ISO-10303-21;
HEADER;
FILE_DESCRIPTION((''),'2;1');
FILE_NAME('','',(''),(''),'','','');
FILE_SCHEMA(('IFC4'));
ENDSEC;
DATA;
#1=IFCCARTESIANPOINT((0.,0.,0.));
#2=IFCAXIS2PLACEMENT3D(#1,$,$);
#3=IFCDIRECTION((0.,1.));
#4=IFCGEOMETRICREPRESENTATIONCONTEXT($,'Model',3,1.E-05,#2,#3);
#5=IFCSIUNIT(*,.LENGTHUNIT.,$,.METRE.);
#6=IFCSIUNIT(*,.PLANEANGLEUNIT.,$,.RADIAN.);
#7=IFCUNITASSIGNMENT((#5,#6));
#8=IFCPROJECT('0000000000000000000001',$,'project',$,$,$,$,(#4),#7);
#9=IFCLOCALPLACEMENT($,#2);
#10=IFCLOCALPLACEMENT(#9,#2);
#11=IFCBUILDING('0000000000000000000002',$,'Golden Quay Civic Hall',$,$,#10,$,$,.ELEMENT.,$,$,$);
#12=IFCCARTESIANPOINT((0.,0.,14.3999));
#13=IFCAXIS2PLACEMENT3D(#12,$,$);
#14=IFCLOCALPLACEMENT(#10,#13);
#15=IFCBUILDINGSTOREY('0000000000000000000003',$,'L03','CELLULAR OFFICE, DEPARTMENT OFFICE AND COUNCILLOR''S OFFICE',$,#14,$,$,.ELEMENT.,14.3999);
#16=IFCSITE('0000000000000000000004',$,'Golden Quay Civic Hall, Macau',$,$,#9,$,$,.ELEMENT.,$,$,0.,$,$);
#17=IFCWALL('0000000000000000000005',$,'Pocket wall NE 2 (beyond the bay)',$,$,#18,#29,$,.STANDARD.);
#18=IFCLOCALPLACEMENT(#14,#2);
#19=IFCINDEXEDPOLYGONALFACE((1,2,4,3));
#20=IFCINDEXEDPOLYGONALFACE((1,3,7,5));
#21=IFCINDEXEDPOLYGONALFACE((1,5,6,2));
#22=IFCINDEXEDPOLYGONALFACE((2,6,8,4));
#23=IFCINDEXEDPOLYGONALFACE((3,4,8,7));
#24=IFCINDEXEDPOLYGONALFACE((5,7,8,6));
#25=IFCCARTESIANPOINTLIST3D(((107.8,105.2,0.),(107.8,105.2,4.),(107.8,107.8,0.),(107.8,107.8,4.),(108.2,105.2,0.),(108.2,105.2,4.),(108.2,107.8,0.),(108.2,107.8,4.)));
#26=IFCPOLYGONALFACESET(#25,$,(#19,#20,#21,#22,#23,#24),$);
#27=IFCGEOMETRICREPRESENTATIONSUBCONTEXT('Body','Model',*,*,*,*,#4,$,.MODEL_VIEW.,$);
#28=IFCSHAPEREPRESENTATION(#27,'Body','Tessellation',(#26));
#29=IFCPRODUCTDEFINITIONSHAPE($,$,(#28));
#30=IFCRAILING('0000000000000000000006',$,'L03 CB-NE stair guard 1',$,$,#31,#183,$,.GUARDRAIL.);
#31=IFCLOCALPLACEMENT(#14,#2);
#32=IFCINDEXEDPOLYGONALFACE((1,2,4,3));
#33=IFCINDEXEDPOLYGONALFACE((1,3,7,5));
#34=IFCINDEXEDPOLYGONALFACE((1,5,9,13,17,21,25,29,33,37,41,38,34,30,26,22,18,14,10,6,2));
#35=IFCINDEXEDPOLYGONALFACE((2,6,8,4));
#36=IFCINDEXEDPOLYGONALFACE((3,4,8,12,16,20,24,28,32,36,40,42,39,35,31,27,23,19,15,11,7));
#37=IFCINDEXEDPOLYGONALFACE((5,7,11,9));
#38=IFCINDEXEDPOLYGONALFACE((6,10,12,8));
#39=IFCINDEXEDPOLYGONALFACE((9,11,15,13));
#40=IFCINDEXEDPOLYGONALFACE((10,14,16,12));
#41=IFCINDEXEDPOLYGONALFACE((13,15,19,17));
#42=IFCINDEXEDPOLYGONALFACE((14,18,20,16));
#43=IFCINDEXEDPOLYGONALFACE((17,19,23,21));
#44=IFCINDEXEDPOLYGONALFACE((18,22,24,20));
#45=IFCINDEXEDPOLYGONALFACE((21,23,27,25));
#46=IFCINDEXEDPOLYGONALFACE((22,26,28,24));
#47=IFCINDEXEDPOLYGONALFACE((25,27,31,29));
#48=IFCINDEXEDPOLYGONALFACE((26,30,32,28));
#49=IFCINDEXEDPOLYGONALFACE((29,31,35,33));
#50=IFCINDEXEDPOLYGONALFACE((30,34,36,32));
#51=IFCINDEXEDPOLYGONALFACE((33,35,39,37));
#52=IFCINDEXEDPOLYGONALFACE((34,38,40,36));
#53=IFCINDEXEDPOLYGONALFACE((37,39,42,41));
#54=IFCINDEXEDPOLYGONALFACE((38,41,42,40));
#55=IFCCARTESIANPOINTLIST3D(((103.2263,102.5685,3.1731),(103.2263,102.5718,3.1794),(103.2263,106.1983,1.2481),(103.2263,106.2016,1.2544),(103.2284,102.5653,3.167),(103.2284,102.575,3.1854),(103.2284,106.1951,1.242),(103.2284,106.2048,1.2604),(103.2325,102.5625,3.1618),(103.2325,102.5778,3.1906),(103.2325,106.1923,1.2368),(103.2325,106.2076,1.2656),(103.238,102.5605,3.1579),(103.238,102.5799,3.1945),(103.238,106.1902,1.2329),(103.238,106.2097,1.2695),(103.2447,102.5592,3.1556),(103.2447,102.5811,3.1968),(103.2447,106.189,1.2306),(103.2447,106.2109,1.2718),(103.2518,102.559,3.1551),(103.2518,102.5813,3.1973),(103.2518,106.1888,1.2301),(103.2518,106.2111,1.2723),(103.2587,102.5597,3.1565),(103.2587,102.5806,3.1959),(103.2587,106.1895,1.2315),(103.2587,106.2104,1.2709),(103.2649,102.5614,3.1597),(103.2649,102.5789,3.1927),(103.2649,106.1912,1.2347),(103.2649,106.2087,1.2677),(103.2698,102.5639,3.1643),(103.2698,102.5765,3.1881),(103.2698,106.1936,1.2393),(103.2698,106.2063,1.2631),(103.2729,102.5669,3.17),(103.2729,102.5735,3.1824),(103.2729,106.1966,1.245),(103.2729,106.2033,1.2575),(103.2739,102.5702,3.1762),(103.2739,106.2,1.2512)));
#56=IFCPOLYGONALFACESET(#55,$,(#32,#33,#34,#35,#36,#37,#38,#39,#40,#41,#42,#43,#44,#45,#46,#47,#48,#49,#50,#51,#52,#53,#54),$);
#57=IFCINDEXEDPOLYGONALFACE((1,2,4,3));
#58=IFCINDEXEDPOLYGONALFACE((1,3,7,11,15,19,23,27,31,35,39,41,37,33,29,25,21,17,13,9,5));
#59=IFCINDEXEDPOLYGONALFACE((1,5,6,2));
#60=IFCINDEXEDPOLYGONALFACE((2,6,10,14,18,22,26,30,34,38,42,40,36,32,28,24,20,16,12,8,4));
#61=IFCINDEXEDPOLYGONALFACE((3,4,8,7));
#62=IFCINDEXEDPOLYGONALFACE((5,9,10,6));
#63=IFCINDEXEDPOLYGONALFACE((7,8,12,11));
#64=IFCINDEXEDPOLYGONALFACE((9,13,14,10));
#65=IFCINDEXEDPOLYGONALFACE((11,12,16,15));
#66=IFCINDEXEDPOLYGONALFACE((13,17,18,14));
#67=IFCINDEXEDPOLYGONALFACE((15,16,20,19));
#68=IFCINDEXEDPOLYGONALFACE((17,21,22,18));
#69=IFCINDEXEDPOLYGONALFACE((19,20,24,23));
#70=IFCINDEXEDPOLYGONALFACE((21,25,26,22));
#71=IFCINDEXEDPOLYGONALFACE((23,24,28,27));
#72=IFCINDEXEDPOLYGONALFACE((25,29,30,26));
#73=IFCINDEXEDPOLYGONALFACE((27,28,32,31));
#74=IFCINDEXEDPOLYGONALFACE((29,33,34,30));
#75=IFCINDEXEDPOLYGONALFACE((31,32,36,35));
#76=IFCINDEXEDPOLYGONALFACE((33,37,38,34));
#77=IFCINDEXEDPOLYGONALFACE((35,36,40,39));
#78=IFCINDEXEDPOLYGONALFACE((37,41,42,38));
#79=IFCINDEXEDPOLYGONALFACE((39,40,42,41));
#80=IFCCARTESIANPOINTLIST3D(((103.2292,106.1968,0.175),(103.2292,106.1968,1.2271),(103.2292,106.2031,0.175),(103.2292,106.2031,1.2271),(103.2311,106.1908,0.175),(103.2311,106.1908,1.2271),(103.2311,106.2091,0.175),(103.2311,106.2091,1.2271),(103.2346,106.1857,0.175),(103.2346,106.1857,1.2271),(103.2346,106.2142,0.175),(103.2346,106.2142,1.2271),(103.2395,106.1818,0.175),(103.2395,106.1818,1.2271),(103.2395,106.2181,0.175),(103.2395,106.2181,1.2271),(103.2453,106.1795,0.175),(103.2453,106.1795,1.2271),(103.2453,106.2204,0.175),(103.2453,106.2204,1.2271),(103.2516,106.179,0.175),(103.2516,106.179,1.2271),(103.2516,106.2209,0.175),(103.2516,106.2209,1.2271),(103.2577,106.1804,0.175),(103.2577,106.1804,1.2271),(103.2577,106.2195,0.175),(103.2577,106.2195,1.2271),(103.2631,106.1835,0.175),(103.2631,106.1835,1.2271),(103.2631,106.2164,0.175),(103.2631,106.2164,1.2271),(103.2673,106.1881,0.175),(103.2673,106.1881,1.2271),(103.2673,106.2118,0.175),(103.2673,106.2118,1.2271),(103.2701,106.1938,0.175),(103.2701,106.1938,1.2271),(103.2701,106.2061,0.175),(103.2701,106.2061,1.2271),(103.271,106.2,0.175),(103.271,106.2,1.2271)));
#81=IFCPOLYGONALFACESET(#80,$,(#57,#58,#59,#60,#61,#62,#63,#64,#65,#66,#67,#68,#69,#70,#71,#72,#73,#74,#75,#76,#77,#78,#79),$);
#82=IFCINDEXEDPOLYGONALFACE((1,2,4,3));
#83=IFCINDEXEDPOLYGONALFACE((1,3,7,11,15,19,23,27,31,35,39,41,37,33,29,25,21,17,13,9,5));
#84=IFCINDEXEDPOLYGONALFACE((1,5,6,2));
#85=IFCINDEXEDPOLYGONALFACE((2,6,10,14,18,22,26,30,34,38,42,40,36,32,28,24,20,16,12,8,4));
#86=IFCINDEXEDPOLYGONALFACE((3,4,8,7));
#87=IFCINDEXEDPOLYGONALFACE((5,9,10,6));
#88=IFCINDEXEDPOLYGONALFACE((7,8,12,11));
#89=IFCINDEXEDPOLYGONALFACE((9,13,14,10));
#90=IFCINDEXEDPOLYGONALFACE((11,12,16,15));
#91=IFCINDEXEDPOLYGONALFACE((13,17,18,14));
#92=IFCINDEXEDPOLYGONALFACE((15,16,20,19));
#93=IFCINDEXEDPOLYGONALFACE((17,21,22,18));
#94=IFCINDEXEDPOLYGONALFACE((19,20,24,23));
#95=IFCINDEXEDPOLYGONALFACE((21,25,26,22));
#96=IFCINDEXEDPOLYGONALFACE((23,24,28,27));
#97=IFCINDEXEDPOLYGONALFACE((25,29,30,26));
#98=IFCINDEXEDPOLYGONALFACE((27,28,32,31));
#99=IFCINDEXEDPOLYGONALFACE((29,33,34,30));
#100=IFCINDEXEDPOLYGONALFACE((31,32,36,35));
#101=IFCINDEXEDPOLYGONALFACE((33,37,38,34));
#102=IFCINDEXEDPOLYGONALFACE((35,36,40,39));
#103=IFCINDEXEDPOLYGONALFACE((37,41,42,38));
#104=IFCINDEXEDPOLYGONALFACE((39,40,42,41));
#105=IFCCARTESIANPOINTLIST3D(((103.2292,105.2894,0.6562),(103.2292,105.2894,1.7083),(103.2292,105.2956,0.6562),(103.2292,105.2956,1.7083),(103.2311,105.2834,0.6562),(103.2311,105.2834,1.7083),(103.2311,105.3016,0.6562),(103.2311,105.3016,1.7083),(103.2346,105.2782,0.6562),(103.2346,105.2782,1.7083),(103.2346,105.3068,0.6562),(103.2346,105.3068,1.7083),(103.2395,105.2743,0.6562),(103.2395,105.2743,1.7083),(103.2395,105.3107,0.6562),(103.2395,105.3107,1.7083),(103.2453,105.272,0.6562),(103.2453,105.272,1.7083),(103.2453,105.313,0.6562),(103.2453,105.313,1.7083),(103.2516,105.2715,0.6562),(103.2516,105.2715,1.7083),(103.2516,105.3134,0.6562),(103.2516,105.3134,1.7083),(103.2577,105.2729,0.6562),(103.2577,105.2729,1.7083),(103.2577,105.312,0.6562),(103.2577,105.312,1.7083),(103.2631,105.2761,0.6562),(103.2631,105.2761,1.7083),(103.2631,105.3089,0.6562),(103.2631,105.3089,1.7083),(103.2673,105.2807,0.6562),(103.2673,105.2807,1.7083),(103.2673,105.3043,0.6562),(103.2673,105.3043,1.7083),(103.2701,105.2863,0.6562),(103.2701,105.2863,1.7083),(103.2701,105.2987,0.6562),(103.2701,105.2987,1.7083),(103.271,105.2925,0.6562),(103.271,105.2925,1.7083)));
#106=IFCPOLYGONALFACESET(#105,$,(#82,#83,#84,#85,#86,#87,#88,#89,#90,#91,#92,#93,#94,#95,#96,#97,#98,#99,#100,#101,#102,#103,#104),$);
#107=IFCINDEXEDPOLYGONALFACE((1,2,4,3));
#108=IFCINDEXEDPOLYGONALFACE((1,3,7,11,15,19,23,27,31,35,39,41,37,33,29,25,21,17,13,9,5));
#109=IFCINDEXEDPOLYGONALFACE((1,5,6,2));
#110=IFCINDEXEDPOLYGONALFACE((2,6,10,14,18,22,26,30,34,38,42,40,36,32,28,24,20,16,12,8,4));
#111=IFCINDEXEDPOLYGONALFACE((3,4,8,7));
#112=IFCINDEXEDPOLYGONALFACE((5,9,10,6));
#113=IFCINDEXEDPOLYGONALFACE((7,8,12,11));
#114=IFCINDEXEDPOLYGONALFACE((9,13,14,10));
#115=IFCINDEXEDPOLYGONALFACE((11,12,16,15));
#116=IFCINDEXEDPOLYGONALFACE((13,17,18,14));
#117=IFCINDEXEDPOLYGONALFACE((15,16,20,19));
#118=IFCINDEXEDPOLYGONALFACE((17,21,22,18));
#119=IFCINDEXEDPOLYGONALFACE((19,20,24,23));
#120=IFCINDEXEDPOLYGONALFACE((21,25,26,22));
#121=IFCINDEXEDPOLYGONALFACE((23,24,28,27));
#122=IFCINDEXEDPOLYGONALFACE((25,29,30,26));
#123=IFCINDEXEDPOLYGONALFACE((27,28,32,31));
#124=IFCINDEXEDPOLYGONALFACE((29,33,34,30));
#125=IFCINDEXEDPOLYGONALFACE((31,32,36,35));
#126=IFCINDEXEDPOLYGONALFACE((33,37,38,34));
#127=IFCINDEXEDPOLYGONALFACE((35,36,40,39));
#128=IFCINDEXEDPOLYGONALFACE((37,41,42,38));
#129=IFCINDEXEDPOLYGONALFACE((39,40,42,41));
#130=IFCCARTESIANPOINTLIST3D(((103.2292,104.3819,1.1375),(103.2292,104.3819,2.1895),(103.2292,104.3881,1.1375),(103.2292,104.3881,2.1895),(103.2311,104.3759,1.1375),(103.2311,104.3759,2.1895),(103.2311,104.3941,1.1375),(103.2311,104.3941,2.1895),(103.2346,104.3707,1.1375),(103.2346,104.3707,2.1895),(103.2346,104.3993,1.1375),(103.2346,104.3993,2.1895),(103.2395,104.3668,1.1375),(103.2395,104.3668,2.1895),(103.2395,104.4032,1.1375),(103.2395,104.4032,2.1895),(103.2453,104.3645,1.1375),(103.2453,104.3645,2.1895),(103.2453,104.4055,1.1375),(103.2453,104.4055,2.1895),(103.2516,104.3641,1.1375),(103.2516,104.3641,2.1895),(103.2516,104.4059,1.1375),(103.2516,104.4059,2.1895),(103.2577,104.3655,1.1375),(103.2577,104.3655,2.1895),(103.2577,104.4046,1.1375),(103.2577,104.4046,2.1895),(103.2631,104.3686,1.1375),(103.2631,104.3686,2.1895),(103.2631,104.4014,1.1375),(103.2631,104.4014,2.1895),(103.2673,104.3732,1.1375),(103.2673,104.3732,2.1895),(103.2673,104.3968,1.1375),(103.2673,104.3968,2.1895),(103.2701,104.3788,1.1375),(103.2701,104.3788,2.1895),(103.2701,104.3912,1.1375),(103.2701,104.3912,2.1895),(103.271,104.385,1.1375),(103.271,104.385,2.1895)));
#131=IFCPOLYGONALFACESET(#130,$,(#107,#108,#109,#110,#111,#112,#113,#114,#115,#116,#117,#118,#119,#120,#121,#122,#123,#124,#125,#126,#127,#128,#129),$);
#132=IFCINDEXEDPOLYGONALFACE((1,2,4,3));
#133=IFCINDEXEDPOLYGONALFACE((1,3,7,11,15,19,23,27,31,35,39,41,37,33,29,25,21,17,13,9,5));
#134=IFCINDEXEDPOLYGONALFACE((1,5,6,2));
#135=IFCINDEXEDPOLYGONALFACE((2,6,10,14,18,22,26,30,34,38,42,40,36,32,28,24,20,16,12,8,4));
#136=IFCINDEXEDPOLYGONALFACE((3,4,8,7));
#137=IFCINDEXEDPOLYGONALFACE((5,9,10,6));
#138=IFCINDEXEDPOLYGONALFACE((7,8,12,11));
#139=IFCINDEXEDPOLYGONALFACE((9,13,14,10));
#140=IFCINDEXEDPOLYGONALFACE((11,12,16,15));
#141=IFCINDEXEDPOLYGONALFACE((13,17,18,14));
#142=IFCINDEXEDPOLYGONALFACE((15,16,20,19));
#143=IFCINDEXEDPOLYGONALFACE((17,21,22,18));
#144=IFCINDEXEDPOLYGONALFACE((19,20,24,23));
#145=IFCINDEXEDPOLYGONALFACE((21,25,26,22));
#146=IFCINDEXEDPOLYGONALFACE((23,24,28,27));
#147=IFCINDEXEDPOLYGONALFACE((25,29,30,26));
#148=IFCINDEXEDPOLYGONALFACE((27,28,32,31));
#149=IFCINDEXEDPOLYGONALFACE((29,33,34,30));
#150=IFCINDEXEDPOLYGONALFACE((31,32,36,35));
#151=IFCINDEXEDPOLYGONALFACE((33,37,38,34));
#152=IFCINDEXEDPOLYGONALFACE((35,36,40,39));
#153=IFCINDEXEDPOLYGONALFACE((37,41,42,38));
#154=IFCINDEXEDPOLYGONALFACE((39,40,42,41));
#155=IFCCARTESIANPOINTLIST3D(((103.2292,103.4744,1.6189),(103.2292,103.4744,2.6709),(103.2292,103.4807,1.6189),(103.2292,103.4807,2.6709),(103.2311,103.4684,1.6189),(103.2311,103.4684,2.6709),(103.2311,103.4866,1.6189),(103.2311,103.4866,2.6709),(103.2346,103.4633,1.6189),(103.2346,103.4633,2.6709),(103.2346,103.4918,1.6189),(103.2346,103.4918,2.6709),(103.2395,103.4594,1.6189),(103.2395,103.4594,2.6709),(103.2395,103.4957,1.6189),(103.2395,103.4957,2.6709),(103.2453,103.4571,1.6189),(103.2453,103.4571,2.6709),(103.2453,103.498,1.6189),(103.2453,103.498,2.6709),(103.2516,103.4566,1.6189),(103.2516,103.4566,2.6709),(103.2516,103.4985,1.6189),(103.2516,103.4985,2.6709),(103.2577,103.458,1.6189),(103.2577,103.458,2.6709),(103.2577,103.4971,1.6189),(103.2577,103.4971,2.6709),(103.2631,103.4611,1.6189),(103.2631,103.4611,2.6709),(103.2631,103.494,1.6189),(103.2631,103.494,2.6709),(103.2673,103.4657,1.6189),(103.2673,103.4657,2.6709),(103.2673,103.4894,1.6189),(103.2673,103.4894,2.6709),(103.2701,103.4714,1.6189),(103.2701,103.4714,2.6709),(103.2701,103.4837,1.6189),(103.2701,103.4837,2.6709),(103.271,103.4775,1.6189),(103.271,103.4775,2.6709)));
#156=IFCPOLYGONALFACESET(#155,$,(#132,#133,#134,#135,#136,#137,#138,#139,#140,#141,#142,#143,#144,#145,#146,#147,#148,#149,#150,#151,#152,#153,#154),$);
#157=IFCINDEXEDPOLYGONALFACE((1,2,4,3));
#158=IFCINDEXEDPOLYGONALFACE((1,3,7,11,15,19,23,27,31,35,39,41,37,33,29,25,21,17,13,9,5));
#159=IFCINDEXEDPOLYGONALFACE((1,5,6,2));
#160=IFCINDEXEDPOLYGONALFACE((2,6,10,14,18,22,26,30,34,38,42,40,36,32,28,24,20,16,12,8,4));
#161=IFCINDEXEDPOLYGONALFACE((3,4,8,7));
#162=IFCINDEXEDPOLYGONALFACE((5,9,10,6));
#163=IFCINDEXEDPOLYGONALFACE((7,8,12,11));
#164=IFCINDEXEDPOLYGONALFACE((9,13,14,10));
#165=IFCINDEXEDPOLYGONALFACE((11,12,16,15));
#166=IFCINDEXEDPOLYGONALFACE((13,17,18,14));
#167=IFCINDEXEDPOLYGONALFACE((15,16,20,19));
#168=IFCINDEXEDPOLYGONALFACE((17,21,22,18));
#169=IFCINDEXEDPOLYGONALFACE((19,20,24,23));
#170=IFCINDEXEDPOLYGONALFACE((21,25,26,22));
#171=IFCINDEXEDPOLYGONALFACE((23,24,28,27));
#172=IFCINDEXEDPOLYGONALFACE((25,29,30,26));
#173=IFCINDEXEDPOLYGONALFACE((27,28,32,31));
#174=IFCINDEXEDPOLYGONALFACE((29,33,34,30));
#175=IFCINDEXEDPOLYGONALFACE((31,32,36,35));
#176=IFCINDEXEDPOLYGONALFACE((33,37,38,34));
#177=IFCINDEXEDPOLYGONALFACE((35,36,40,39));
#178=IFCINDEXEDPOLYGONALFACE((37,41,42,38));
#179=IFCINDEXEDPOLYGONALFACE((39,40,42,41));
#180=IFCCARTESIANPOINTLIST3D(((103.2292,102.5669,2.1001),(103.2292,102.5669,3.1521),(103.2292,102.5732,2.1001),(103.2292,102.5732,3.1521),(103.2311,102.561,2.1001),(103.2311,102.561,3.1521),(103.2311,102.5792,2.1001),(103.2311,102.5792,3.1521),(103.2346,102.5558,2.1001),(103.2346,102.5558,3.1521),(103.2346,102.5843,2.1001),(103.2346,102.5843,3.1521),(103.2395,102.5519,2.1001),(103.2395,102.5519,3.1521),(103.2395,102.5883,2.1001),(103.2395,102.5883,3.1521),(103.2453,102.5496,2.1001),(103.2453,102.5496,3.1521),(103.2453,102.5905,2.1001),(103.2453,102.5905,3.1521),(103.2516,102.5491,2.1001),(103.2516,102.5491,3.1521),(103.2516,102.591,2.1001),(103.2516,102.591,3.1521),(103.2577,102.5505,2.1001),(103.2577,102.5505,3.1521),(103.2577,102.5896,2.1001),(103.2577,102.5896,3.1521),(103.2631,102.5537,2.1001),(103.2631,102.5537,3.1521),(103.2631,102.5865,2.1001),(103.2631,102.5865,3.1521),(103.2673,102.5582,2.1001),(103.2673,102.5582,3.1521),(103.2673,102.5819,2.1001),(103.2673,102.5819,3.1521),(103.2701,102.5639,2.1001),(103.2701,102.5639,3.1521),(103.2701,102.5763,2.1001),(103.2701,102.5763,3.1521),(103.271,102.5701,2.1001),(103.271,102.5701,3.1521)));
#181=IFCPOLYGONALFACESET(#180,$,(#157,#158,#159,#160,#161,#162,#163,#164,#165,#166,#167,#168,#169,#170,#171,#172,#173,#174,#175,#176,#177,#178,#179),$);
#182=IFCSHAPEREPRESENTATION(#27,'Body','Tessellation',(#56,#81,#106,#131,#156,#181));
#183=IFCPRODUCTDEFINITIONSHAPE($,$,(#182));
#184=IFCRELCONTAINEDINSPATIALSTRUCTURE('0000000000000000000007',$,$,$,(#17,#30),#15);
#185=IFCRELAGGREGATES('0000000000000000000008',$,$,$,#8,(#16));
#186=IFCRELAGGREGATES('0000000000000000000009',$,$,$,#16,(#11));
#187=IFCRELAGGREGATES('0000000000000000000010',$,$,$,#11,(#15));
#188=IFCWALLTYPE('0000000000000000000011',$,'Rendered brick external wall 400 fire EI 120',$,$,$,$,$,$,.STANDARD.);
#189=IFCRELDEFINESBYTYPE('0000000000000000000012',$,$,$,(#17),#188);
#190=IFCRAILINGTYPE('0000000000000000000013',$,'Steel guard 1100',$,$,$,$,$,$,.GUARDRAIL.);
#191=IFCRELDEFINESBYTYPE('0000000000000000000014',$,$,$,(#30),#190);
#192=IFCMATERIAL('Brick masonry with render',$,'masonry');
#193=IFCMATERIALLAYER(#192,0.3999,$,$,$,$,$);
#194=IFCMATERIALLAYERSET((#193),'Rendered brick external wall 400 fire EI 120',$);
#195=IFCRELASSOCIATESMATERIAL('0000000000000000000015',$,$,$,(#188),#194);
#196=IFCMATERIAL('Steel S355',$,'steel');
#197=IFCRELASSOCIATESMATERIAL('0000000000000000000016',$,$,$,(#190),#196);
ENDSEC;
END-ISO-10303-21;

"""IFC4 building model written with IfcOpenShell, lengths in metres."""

from ifc_helpers import new_model, si_unit, direction, frame, frame_2d, origin, origin_2d, place, context, subcontext, project, spatial, rectangle, circle, extrude, material, layer, layer_set, type_object, element, save


model = new_model("IFC4")

# Units and contexts
model_context = context("Model", 3, precision=1e-05, world=origin(), true_north=direction((0.0, 1.0)))
body_context = subcontext(model_context, "Body", "Model", "MODEL_VIEW")
ifc_project = project(units=[si_unit("LENGTHUNIT", "METRE"), si_unit("PLANEANGLEUNIT", "RADIAN")], contexts=[model_context])

# Site, building, storey
site_placement = place(None, origin())
site = spatial("IfcSite", under=ifc_project, at=site_placement, Name="Golden Quay Civic Hall, Macau", CompositionType="ELEMENT", RefElevation=0.0)
building_placement = place(site_placement, origin())
building = spatial("IfcBuilding", under=site, at=building_placement, Name="Golden Quay Civic Hall", CompositionType="ELEMENT")
storey_placement = place(building_placement, frame((0.0, 0.0, 14.3999)))
storey = spatial("IfcBuildingStorey", under=building, at=storey_placement, Name="L03", Description="CELLULAR OFFICE, DEPARTMENT OFFICE AND COUNCILLOR'S OFFICE", CompositionType="ELEMENT", Elevation=14.3999)

# Wall
ifc_material_1 = material(Name="Brick masonry with render", Category="masonry")
ifc_layer_1 = layer(ifc_material_1, 0.3999)
ifc_layer_set_1 = layer_set([ifc_layer_1], Name="Rendered brick external wall 400 fire EI 120")
wall_type_1 = type_object("IfcWallType", Name="Rendered brick external wall 400 fire EI 120", PredefinedType="STANDARD", material=ifc_layer_set_1)
wall_1_placement = place(storey_placement, frame((108.0, 105.2, 0.0), z_axis=(0.0, 0.0, 1.0), x_axis=(0.0, 1.0, 0.0)))
element("IfcWall", 1, at=wall_1_placement, inside=storey, type_object=wall_type_1, Name="Pocket wall NE 2 (beyond the bay)", PredefinedType="STANDARD", context=body_context, shape_type="SweptSolid", body=[
    extrude(rectangle(XDim=2.6001, YDim=0.3999, at=frame_2d((1.3, 0.0))), origin(), (0.0, 0.0, 1.0), 4.0),
])

# Railing
ifc_material_2 = material(Name="Steel S355", Category="steel")
railing_type = type_object("IfcRailingType", Name="Steel guard 1100", PredefinedType="GUARDRAIL", material=ifc_material_2)
railing_1_placement = place(storey_placement, frame((103.25, 106.2, 0.175)))
element("IfcRailing", 2, at=railing_1_placement, inside=storey, type_object=railing_type, Name="L03 CB-NE stair guard 1", PredefinedType="GUARDRAIL", context=body_context, shape_type="SweptSolid", body=[
    extrude(circle(Radius=0.0239, at=origin_2d()), frame((0.0, 0.0, 1.0762), z_axis=(0.0, -0.883451, 0.468524), x_axis=(1.0, 0.0, 0.0)), (0.0, 0.0, 1.0), 4.1086),
    extrude(circle(Radius=0.021, at=origin_2d()), origin(), (0.0, 0.0, 1.0), 1.052),
    extrude(circle(Radius=0.021, at=origin_2d()), frame((0.0, -0.9075, 0.4812)), (0.0, 0.0, 1.0), 1.052),
    extrude(circle(Radius=0.021, at=origin_2d()), frame((0.0, -1.8149, 0.9624)), (0.0, 0.0, 1.0), 1.052),
    extrude(circle(Radius=0.021, at=origin_2d()), frame((0.0, -2.7224, 1.4438)), (0.0, 0.0, 1.0), 1.052),
    extrude(circle(Radius=0.021, at=origin_2d()), frame((0.0, -3.6299, 1.925)), (0.0, 0.0, 1.0), 1.052),
])

save(model, "model.ifc")
